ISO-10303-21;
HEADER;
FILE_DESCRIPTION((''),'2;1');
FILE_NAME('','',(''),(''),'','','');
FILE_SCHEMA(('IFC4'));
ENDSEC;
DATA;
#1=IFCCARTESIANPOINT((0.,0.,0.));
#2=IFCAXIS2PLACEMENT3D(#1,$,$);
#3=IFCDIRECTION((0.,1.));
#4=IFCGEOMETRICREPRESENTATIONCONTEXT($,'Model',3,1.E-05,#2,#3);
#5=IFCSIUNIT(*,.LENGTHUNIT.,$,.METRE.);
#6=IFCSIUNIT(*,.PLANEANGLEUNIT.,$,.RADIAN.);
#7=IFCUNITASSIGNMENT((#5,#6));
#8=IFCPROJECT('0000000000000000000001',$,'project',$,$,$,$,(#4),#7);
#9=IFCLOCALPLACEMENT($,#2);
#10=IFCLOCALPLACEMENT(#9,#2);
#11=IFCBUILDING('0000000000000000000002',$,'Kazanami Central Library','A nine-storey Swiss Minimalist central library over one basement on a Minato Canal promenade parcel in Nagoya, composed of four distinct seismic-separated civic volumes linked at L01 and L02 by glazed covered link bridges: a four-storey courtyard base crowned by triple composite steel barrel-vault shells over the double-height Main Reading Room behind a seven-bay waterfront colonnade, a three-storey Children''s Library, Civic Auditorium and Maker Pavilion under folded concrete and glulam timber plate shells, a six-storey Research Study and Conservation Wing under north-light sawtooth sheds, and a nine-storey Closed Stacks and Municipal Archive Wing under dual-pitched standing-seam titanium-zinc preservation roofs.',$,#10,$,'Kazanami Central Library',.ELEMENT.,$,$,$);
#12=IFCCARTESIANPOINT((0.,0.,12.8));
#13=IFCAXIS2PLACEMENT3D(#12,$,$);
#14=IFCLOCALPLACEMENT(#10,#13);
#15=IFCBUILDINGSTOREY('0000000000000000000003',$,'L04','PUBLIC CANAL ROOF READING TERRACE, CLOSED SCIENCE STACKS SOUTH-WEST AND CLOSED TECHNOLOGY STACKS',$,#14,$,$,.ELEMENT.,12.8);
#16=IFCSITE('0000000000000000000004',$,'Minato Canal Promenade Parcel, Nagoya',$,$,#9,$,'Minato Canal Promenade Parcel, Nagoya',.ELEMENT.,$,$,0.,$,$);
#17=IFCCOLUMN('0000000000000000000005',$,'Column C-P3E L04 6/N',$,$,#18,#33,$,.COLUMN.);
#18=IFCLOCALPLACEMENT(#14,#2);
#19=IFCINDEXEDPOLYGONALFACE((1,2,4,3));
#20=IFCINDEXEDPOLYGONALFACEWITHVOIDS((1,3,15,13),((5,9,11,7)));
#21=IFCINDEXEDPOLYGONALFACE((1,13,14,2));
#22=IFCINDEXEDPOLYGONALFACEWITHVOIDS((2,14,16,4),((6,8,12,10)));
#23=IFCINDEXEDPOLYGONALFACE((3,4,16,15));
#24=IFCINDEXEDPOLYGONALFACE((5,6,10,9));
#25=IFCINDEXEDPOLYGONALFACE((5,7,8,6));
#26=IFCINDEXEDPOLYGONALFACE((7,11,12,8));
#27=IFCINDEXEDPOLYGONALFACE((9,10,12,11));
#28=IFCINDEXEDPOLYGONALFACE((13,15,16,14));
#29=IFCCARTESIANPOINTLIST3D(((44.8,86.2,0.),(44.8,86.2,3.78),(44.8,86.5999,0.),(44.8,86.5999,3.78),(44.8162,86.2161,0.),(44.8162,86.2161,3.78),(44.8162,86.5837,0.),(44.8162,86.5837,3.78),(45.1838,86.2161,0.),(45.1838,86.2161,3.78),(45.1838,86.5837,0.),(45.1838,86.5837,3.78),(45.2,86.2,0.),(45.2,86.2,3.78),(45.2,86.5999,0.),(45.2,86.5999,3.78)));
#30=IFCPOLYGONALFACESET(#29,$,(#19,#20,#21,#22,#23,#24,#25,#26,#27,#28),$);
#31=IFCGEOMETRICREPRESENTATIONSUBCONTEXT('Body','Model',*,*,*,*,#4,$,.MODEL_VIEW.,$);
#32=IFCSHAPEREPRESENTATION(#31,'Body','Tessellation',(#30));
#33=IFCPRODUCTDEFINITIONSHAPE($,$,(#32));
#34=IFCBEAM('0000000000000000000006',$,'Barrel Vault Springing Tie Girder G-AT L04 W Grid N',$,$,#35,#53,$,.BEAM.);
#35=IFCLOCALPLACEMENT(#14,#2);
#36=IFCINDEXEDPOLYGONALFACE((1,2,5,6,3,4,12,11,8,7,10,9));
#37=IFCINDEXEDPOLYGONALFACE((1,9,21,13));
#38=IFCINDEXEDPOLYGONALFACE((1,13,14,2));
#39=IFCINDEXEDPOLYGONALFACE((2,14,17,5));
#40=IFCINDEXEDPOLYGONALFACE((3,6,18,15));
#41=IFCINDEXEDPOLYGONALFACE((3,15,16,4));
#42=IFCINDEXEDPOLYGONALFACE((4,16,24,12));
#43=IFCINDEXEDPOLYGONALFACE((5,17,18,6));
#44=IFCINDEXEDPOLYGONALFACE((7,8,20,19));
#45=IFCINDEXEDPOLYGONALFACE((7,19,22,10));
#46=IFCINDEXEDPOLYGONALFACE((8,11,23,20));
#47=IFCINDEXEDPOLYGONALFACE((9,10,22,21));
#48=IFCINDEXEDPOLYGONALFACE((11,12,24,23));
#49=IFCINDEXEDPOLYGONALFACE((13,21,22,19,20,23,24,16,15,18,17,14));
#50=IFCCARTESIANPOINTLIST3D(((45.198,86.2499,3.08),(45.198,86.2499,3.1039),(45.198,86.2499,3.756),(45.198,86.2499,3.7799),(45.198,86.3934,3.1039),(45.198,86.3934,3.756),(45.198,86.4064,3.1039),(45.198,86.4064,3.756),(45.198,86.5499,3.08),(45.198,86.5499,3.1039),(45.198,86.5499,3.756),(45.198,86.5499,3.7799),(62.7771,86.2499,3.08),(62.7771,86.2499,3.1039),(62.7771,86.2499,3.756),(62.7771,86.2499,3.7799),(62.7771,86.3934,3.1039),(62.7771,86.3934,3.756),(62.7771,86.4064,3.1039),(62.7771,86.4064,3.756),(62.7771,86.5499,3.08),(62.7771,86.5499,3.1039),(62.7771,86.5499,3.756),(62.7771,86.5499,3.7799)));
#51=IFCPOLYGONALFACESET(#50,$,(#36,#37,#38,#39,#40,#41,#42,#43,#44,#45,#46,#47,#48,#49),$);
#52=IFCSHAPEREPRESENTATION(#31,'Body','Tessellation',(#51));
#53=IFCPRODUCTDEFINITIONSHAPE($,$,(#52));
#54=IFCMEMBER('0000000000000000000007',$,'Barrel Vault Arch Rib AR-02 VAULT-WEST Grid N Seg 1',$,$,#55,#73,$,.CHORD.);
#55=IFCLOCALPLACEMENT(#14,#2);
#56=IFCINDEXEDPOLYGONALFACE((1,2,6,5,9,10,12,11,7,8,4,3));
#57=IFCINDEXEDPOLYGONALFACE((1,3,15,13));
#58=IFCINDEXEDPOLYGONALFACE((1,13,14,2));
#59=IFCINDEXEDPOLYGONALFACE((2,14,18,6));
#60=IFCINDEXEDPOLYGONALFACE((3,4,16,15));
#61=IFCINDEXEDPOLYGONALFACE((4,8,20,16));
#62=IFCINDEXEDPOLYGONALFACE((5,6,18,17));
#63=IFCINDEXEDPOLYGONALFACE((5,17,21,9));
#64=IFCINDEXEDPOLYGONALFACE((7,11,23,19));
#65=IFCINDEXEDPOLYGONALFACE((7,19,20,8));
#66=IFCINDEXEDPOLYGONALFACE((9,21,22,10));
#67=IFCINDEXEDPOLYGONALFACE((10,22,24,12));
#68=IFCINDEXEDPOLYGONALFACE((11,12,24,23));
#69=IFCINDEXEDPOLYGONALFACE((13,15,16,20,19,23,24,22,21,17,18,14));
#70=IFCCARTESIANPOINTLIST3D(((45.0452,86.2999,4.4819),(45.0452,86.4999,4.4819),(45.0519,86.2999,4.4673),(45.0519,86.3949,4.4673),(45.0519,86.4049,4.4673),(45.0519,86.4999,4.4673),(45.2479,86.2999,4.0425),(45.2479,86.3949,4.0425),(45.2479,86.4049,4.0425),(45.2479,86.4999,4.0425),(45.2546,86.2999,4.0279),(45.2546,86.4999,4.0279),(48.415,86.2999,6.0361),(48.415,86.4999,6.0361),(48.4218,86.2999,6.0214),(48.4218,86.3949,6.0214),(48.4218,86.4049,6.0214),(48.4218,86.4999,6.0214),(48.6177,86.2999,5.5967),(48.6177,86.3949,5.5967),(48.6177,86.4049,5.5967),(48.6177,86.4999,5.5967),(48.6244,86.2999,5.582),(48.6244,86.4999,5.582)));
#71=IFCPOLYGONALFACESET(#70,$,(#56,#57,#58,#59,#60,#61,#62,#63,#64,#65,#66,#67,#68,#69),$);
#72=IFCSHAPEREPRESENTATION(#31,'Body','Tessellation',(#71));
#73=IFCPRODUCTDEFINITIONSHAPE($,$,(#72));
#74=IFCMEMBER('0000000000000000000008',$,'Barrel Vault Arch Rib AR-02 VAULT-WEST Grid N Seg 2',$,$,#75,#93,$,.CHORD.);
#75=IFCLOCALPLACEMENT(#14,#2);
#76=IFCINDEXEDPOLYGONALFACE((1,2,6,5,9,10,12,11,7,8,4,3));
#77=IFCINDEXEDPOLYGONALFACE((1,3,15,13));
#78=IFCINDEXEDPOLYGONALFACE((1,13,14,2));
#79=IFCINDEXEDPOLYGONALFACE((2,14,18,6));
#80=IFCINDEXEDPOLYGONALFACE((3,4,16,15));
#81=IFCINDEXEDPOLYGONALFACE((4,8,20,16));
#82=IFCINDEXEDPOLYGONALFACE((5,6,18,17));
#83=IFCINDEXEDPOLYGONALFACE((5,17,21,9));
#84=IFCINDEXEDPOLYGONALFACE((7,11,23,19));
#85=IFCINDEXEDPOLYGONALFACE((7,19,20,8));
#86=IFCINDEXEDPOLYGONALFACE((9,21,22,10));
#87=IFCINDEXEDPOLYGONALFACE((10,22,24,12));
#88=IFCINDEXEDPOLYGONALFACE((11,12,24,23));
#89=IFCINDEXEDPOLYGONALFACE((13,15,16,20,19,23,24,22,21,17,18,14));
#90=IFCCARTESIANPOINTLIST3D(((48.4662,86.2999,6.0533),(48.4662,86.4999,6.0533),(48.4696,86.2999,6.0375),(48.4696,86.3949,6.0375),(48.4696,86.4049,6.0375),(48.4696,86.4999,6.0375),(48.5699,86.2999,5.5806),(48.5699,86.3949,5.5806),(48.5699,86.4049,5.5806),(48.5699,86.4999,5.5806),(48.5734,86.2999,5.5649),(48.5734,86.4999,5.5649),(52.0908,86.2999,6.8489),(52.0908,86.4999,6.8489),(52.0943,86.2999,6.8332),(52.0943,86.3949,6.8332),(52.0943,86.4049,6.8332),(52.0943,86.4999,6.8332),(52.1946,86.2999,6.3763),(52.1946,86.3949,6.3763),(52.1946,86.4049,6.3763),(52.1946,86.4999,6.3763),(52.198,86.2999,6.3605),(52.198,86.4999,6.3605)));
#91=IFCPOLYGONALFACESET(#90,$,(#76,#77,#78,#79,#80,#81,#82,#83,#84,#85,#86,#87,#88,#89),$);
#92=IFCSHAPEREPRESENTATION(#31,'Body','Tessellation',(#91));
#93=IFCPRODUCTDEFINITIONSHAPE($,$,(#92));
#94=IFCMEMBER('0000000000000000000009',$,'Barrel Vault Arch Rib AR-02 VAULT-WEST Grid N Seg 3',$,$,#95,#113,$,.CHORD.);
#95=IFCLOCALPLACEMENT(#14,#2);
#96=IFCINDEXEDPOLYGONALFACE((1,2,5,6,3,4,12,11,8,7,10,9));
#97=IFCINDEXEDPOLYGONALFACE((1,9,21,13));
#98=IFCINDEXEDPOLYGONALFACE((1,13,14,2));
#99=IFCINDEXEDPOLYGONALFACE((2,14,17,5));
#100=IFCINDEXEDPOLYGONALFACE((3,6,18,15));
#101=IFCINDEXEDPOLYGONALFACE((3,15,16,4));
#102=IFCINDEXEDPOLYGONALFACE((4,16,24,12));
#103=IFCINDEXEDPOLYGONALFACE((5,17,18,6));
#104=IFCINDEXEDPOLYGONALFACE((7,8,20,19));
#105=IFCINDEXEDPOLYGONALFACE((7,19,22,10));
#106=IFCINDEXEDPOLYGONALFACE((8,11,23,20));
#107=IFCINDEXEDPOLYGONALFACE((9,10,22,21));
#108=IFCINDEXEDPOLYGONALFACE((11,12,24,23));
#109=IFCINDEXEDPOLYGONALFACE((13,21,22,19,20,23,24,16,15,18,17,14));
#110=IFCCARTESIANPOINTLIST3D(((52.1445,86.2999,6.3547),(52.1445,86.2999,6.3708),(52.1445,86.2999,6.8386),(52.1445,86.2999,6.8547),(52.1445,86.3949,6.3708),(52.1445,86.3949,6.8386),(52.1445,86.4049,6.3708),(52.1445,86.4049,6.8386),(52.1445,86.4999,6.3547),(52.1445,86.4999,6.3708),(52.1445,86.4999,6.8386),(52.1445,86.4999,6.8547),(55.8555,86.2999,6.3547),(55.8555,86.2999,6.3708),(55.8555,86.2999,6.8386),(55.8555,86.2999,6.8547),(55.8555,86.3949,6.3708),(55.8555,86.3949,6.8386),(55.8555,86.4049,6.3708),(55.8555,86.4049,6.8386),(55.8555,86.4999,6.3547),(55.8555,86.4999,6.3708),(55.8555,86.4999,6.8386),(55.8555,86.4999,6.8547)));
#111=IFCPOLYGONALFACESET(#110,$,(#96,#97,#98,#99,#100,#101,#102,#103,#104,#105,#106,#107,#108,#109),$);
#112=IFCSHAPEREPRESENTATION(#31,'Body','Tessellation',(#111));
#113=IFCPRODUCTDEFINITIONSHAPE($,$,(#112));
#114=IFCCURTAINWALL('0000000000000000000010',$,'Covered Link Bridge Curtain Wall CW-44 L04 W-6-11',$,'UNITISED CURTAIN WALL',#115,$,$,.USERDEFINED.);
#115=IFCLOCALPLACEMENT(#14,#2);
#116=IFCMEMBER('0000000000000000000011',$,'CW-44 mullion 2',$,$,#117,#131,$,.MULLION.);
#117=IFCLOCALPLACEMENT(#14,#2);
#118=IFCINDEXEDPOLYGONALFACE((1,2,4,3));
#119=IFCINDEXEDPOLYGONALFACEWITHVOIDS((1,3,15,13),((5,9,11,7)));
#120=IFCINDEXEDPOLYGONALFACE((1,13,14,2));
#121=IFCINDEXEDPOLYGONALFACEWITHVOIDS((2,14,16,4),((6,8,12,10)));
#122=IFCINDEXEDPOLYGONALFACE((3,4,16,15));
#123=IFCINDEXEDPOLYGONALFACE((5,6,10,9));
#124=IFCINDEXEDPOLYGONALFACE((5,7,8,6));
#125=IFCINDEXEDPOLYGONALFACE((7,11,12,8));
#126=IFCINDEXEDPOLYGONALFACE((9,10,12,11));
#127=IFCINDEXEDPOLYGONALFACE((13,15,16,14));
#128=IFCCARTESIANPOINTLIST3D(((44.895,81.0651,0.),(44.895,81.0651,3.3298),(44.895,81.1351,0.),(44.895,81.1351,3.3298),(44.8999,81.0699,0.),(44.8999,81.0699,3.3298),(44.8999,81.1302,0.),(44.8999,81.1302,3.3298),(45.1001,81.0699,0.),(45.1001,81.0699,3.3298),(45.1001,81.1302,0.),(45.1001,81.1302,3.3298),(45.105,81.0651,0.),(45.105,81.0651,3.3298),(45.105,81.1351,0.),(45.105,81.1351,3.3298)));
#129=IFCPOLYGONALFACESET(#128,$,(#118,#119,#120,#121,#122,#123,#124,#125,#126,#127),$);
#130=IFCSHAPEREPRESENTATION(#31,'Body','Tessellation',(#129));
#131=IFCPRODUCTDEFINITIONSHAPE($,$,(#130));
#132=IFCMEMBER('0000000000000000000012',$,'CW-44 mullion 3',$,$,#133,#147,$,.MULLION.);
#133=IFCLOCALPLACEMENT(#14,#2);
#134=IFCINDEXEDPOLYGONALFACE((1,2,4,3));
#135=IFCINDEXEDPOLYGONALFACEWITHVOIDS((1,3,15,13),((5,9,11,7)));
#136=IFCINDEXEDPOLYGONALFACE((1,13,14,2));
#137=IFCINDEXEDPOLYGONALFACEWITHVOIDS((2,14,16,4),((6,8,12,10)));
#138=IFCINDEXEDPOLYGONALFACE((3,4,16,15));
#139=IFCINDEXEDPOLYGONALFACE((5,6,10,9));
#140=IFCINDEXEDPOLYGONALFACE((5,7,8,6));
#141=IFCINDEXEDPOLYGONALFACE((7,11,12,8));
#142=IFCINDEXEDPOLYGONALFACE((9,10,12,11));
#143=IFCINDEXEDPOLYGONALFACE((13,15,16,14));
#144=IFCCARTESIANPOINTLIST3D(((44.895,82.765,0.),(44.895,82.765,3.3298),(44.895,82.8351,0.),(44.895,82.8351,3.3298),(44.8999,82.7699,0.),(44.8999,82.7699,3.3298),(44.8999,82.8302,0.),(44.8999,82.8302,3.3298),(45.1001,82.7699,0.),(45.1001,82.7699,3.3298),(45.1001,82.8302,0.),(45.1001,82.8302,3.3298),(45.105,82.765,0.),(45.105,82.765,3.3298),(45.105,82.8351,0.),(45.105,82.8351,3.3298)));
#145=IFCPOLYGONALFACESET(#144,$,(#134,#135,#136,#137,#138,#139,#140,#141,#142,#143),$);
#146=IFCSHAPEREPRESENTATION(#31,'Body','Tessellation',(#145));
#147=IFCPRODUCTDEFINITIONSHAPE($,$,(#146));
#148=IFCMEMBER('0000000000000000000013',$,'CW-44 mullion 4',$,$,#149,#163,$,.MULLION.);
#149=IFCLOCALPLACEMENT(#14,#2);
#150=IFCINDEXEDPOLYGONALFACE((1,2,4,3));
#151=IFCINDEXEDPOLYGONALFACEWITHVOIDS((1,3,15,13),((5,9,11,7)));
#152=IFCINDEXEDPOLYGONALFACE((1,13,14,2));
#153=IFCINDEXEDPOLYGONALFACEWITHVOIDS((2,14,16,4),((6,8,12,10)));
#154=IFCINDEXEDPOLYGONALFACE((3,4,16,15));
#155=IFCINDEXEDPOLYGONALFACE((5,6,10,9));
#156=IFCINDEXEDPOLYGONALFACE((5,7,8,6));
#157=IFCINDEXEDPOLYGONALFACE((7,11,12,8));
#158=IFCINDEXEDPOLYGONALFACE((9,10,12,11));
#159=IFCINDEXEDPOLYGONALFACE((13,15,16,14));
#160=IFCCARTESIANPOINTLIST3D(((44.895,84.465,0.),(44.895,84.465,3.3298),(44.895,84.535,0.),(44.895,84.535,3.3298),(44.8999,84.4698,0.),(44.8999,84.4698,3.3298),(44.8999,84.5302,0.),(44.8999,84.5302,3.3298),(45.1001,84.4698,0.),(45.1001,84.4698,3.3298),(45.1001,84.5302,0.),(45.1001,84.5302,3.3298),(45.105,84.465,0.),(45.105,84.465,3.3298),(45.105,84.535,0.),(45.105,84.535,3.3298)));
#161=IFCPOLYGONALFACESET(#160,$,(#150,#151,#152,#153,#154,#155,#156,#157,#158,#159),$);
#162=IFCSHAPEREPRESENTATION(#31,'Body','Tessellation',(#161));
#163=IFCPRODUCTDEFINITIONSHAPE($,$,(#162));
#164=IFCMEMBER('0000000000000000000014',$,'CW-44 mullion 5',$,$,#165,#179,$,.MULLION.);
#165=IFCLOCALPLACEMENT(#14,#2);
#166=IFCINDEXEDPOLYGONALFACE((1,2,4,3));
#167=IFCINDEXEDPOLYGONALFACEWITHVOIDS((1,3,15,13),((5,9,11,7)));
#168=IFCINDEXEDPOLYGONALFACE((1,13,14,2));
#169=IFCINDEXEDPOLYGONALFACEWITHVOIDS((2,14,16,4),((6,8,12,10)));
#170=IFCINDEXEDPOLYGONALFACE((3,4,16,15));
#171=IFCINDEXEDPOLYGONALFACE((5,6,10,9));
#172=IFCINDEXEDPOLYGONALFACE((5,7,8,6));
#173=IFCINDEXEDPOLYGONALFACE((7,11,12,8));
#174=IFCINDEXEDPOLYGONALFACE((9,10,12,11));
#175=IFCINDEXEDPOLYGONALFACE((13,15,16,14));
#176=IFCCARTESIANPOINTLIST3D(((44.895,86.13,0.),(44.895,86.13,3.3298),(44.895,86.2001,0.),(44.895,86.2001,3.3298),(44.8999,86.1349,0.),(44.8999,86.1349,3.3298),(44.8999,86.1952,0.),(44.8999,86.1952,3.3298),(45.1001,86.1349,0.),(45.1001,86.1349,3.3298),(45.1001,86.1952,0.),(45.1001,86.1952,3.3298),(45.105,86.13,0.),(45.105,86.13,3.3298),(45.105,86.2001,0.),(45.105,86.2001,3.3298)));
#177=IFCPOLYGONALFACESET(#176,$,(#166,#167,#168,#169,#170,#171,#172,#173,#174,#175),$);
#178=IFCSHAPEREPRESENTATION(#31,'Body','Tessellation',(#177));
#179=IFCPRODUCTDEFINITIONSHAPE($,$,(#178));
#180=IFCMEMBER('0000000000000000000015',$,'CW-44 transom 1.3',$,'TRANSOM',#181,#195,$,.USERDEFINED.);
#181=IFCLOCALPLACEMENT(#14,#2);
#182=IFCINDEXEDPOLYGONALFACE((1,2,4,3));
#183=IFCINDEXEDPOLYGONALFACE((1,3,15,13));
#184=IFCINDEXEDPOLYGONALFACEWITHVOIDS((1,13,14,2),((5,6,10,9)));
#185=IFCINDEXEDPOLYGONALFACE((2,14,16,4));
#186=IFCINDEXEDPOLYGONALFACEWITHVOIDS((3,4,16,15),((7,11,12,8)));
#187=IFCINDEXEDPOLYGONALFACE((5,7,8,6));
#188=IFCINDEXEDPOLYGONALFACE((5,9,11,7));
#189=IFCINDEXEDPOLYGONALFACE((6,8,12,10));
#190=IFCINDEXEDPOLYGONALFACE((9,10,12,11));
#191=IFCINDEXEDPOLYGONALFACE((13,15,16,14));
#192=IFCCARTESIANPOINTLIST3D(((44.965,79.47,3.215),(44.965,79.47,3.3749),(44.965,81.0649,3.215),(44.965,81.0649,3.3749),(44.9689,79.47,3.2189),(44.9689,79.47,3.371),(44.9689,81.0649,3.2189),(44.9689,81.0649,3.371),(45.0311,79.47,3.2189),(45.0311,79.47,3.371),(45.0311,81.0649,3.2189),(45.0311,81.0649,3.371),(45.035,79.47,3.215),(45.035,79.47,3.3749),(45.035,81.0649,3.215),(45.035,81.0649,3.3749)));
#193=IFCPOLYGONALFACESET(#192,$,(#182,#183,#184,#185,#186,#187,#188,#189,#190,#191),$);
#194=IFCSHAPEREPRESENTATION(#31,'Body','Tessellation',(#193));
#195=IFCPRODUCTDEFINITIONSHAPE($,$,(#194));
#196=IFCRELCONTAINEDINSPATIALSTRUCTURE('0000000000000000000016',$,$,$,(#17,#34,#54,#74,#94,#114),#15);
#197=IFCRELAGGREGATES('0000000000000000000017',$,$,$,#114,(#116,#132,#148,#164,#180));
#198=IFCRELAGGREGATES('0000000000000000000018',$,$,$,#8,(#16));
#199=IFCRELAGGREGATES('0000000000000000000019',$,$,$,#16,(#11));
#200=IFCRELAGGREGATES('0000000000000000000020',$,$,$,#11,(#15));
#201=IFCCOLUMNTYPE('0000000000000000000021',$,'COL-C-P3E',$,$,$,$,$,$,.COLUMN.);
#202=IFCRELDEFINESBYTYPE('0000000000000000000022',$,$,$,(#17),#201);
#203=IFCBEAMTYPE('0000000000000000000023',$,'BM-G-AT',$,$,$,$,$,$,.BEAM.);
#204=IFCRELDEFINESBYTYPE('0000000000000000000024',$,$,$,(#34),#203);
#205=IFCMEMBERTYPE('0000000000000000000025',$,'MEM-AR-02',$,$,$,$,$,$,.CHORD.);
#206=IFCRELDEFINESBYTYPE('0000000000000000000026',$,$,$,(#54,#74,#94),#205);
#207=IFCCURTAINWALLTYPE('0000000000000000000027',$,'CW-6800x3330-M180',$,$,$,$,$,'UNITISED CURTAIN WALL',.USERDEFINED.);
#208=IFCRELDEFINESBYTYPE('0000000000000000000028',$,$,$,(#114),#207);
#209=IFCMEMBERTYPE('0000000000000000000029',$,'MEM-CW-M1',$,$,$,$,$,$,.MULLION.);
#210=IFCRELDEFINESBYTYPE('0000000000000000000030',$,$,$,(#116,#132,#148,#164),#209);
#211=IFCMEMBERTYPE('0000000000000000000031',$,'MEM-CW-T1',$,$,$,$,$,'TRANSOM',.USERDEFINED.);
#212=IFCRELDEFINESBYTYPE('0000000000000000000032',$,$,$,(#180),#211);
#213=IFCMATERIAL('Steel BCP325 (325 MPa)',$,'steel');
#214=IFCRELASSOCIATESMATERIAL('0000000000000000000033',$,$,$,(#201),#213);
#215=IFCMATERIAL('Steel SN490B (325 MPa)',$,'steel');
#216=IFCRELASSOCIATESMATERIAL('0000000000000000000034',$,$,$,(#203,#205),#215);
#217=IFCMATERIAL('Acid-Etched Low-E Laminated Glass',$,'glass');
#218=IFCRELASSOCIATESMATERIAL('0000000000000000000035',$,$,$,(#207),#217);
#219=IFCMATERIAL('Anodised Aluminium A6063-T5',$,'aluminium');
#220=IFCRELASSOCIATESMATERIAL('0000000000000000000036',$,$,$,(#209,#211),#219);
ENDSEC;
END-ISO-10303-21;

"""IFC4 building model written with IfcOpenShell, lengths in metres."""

from ifc_helpers import new_model, si_unit, direction, frame, origin, origin_2d, place, context, subcontext, project, spatial, hollow_rectangle, i_section, extrude, material, material_profile, profile_set, type_object, element, aggregate, save


model = new_model("IFC4")

# Units and contexts
model_context = context("Model", 3, precision=1e-05, world=origin(), true_north=direction((0.0, 1.0)))
body_context = subcontext(model_context, "Body", "Model", "MODEL_VIEW")
ifc_project = project(units=[si_unit("LENGTHUNIT", "METRE"), si_unit("PLANEANGLEUNIT", "RADIAN")], contexts=[model_context])

# Site, building, storey
site_placement = place(None, origin())
site = spatial("IfcSite", under=ifc_project, at=site_placement, Name="Minato Canal Promenade Parcel, Nagoya", LongName="Minato Canal Promenade Parcel, Nagoya", CompositionType="ELEMENT", RefElevation=0.0)
building_placement = place(site_placement, origin())
building = spatial("IfcBuilding", under=site, at=building_placement, Name="Kazanami Central Library", Description="A nine-storey Swiss Minimalist central library over one basement on a Minato Canal promenade parcel in Nagoya, composed of four distinct seismic-separated civic volumes linked at L01 and L02 by glazed covered link bridges: a four-storey courtyard base crowned by triple composite steel barrel-vault shells over the double-height Main Reading Room behind a seven-bay waterfront colonnade, a three-storey Children's Library, Civic Auditorium and Maker Pavilion under folded concrete and glulam timber plate shells, a six-storey Research Study and Conservation Wing under north-light sawtooth sheds, and a nine-storey Closed Stacks and Municipal Archive Wing under dual-pitched standing-seam titanium-zinc preservation roofs.", LongName="Kazanami Central Library", CompositionType="ELEMENT")
storey_placement = place(building_placement, frame((0.0, 0.0, 12.8)))
storey = spatial("IfcBuildingStorey", under=building, at=storey_placement, Name="L04", Description="PUBLIC CANAL ROOF READING TERRACE, CLOSED SCIENCE STACKS SOUTH-WEST AND CLOSED TECHNOLOGY STACKS", CompositionType="ELEMENT", Elevation=12.8)

# Column
ifc_material_1 = material(Name="Steel BCP325 (325 MPa)", Category="steel")
ifc_material_profile_1 = material_profile(ifc_material_1, hollow_rectangle(XDim=0.3999, YDim=0.3999, WallThickness=0.0161, at=origin_2d()), Name="BCP-400x400x16")
ifc_profile_set_1 = profile_set([ifc_material_profile_1], Name="Steel BCP325 (325 MPa)")
column_type = type_object("IfcColumnType", Name="COL-C-P3E", PredefinedType="COLUMN", material=ifc_profile_set_1)
column_placement = place(storey_placement, frame((45.0, 86.3999, 0.0), z_axis=(0.0, 0.0, 1.0), x_axis=(1.0, 0.0, 0.0)))
element("IfcColumn", 1, at=column_placement, inside=storey, type_object=column_type, Name="Column C-P3E L04 6/N", PredefinedType="COLUMN", context=body_context, shape_type="SweptSolid", body=[
    extrude(hollow_rectangle(XDim=0.3999, YDim=0.3999, WallThickness=0.0161, at=origin_2d()), origin(), (0.0, 0.0, 1.0), 3.78),
])

# Beam
ifc_material_2 = material(Name="Steel SN490B (325 MPa)", Category="steel")
ifc_material_profile_2 = material_profile(ifc_material_2, i_section(OverallWidth=0.3, OverallDepth=0.7, WebThickness=0.0129, FlangeThickness=0.0239, at=origin_2d()), Name="H-700x300x13x24")
ifc_profile_set_2 = profile_set([ifc_material_profile_2], Name="Steel SN490B (325 MPa)")
beam_type = type_object("IfcBeamType", Name="BM-G-AT", PredefinedType="BEAM", material=ifc_profile_set_2)
beam_placement = place(storey_placement, frame((45.198, 86.3999, 3.4299), z_axis=(1.0, 0.0, 0.0), x_axis=(0.0, 1.0, 0.0)))
element("IfcBeam", 2, at=beam_placement, inside=storey, type_object=beam_type, Name="Barrel Vault Springing Tie Girder G-AT L04 W Grid N", PredefinedType="BEAM", context=body_context, shape_type="SweptSolid", body=[
    extrude(i_section(OverallWidth=0.3, OverallDepth=0.7, WebThickness=0.0129, FlangeThickness=0.0239, at=origin_2d()), origin(), (0.0, 0.0, 1.0), 17.5791),
])

# Members
ifc_material_profile_3 = material_profile(ifc_material_2, i_section(OverallWidth=0.2, OverallDepth=0.5, WebThickness=0.01, FlangeThickness=0.0161, at=origin_2d()), Name="H-500x200x10x16")
ifc_profile_set_3 = profile_set([ifc_material_profile_3], Name="Steel SN490B (325 MPa)")
member_type_1 = type_object("IfcMemberType", Name="MEM-AR-02", PredefinedType="CHORD", material=ifc_profile_set_3)
for number, where, z_axis, x_axis, name in (
    (3, (45.1499, 86.3999, 4.2549), (0.908075, 0.0, 0.418808), (0.0, 1.0, 0.0), "Barrel Vault Arch Rib AR-02 VAULT-WEST Grid N Seg 1"),
    (4, (48.5198, 86.3999, 5.8091), (0.976746, 0.0, 0.214401), (0.0, 1.0, 0.0), "Barrel Vault Arch Rib AR-02 VAULT-WEST Grid N Seg 2"),
    (5, (52.1445, 86.3999, 6.6047), (1.0, 0.0, 0.0), (0.0, 1.0, 0.0), "Barrel Vault Arch Rib AR-02 VAULT-WEST Grid N Seg 3"),
):
    element("IfcMember", number, at=place(storey_placement, frame(where, z_axis=z_axis, x_axis=x_axis)), inside=storey, type_object=member_type_1, Name=name, PredefinedType="CHORD", context=body_context, shape_type="SweptSolid", body=[
        extrude(i_section(OverallWidth=0.2, OverallDepth=0.5, WebThickness=0.01, FlangeThickness=0.0161, at=origin_2d()), origin(), (0.0, 0.0, 1.0), 3.7109),
    ])

# Curtain wall, members
ifc_material_3 = material(Name="Acid-Etched Low-E Laminated Glass", Category="glass")
curtain_wall_type = type_object("IfcCurtainWallType", Name="CW-6800x3330-M180", ElementType="UNITISED CURTAIN WALL", PredefinedType="USERDEFINED", material=ifc_material_3)
curtain_wall_placement = place(storey_placement, origin())
curtain_wall = element("IfcCurtainWall", 6, at=curtain_wall_placement, inside=storey, type_object=curtain_wall_type, Name="Covered Link Bridge Curtain Wall CW-44 L04 W-6-11", ObjectType="UNITISED CURTAIN WALL", PredefinedType="USERDEFINED")
ifc_material_4 = material(Name="Anodised Aluminium A6063-T5", Category="aluminium")
ifc_material_profile_4 = material_profile(ifc_material_4, hollow_rectangle(XDim=0.0701, YDim=0.21, WallThickness=0.0049, at=origin_2d()), Name="ALU-MULL-70x210x5")
ifc_profile_set_4 = profile_set([ifc_material_profile_4], Name="Anodised Aluminium A6063-T5")
member_type_2 = type_object("IfcMemberType", Name="MEM-CW-M1", PredefinedType="MULLION", material=ifc_profile_set_4)
member_1_placement = place(storey_placement, frame((45.0, 81.1001, 0.0), z_axis=(0.0, 0.0, 1.0), x_axis=(0.0, 1.0, 0.0)))
member_1 = element("IfcMember", 7, at=member_1_placement, type_object=member_type_2, Name="CW-44 mullion 2", PredefinedType="MULLION", context=body_context, shape_type="SweptSolid", body=[
    extrude(hollow_rectangle(XDim=0.0701, YDim=0.21, WallThickness=0.0049, at=origin_2d()), origin(), (0.0, 0.0, 1.0), 3.3298),
])
member_2_placement = place(storey_placement, frame((45.0, 82.8, 0.0), z_axis=(0.0, 0.0, 1.0), x_axis=(0.0, 1.0, 0.0)))
member_2 = element("IfcMember", 8, at=member_2_placement, type_object=member_type_2, Name="CW-44 mullion 3", PredefinedType="MULLION", context=body_context, shape_type="SweptSolid", body=[
    extrude(hollow_rectangle(XDim=0.0701, YDim=0.21, WallThickness=0.0049, at=origin_2d()), origin(), (0.0, 0.0, 1.0), 3.3298),
])
member_3_placement = place(storey_placement, frame((45.0, 84.5, 0.0), z_axis=(0.0, 0.0, 1.0), x_axis=(0.0, 1.0, 0.0)))
member_3 = element("IfcMember", 9, at=member_3_placement, type_object=member_type_2, Name="CW-44 mullion 4", PredefinedType="MULLION", context=body_context, shape_type="SweptSolid", body=[
    extrude(hollow_rectangle(XDim=0.0701, YDim=0.21, WallThickness=0.0049, at=origin_2d()), origin(), (0.0, 0.0, 1.0), 3.3298),
])
member_4_placement = place(storey_placement, frame((45.0, 86.165, 0.0), z_axis=(0.0, 0.0, 1.0), x_axis=(0.0, 1.0, 0.0)))
member_4 = element("IfcMember", 10, at=member_4_placement, type_object=member_type_2, Name="CW-44 mullion 5", PredefinedType="MULLION", context=body_context, shape_type="SweptSolid", body=[
    extrude(hollow_rectangle(XDim=0.0701, YDim=0.21, WallThickness=0.0049, at=origin_2d()), origin(), (0.0, 0.0, 1.0), 3.3298),
])
ifc_material_profile_5 = material_profile(ifc_material_4, hollow_rectangle(XDim=0.0701, YDim=0.1599, WallThickness=0.0039, at=origin_2d()), Name="ALU-TRAN-70x160x4")
ifc_profile_set_5 = profile_set([ifc_material_profile_5], Name="Anodised Aluminium A6063-T5")
member_type_3 = type_object("IfcMemberType", Name="MEM-CW-T1", ElementType="TRANSOM", PredefinedType="USERDEFINED", material=ifc_profile_set_5)
member_5_placement = place(storey_placement, frame((45.0, 79.47, 3.2949), z_axis=(0.0, 1.0, 0.0), x_axis=(-1.0, 0.0, 0.0)))
member_5 = element("IfcMember", 11, at=member_5_placement, type_object=member_type_3, Name="CW-44 transom 1.3", ObjectType="TRANSOM", PredefinedType="USERDEFINED", context=body_context, shape_type="SweptSolid", body=[
    extrude(hollow_rectangle(XDim=0.0701, YDim=0.1599, WallThickness=0.0039, at=origin_2d()), origin(), (0.0, 0.0, 1.0), 1.595),
])

aggregate(curtain_wall, [member_1, member_2, member_3, member_4, member_5])

save(model, "model.ifc")
